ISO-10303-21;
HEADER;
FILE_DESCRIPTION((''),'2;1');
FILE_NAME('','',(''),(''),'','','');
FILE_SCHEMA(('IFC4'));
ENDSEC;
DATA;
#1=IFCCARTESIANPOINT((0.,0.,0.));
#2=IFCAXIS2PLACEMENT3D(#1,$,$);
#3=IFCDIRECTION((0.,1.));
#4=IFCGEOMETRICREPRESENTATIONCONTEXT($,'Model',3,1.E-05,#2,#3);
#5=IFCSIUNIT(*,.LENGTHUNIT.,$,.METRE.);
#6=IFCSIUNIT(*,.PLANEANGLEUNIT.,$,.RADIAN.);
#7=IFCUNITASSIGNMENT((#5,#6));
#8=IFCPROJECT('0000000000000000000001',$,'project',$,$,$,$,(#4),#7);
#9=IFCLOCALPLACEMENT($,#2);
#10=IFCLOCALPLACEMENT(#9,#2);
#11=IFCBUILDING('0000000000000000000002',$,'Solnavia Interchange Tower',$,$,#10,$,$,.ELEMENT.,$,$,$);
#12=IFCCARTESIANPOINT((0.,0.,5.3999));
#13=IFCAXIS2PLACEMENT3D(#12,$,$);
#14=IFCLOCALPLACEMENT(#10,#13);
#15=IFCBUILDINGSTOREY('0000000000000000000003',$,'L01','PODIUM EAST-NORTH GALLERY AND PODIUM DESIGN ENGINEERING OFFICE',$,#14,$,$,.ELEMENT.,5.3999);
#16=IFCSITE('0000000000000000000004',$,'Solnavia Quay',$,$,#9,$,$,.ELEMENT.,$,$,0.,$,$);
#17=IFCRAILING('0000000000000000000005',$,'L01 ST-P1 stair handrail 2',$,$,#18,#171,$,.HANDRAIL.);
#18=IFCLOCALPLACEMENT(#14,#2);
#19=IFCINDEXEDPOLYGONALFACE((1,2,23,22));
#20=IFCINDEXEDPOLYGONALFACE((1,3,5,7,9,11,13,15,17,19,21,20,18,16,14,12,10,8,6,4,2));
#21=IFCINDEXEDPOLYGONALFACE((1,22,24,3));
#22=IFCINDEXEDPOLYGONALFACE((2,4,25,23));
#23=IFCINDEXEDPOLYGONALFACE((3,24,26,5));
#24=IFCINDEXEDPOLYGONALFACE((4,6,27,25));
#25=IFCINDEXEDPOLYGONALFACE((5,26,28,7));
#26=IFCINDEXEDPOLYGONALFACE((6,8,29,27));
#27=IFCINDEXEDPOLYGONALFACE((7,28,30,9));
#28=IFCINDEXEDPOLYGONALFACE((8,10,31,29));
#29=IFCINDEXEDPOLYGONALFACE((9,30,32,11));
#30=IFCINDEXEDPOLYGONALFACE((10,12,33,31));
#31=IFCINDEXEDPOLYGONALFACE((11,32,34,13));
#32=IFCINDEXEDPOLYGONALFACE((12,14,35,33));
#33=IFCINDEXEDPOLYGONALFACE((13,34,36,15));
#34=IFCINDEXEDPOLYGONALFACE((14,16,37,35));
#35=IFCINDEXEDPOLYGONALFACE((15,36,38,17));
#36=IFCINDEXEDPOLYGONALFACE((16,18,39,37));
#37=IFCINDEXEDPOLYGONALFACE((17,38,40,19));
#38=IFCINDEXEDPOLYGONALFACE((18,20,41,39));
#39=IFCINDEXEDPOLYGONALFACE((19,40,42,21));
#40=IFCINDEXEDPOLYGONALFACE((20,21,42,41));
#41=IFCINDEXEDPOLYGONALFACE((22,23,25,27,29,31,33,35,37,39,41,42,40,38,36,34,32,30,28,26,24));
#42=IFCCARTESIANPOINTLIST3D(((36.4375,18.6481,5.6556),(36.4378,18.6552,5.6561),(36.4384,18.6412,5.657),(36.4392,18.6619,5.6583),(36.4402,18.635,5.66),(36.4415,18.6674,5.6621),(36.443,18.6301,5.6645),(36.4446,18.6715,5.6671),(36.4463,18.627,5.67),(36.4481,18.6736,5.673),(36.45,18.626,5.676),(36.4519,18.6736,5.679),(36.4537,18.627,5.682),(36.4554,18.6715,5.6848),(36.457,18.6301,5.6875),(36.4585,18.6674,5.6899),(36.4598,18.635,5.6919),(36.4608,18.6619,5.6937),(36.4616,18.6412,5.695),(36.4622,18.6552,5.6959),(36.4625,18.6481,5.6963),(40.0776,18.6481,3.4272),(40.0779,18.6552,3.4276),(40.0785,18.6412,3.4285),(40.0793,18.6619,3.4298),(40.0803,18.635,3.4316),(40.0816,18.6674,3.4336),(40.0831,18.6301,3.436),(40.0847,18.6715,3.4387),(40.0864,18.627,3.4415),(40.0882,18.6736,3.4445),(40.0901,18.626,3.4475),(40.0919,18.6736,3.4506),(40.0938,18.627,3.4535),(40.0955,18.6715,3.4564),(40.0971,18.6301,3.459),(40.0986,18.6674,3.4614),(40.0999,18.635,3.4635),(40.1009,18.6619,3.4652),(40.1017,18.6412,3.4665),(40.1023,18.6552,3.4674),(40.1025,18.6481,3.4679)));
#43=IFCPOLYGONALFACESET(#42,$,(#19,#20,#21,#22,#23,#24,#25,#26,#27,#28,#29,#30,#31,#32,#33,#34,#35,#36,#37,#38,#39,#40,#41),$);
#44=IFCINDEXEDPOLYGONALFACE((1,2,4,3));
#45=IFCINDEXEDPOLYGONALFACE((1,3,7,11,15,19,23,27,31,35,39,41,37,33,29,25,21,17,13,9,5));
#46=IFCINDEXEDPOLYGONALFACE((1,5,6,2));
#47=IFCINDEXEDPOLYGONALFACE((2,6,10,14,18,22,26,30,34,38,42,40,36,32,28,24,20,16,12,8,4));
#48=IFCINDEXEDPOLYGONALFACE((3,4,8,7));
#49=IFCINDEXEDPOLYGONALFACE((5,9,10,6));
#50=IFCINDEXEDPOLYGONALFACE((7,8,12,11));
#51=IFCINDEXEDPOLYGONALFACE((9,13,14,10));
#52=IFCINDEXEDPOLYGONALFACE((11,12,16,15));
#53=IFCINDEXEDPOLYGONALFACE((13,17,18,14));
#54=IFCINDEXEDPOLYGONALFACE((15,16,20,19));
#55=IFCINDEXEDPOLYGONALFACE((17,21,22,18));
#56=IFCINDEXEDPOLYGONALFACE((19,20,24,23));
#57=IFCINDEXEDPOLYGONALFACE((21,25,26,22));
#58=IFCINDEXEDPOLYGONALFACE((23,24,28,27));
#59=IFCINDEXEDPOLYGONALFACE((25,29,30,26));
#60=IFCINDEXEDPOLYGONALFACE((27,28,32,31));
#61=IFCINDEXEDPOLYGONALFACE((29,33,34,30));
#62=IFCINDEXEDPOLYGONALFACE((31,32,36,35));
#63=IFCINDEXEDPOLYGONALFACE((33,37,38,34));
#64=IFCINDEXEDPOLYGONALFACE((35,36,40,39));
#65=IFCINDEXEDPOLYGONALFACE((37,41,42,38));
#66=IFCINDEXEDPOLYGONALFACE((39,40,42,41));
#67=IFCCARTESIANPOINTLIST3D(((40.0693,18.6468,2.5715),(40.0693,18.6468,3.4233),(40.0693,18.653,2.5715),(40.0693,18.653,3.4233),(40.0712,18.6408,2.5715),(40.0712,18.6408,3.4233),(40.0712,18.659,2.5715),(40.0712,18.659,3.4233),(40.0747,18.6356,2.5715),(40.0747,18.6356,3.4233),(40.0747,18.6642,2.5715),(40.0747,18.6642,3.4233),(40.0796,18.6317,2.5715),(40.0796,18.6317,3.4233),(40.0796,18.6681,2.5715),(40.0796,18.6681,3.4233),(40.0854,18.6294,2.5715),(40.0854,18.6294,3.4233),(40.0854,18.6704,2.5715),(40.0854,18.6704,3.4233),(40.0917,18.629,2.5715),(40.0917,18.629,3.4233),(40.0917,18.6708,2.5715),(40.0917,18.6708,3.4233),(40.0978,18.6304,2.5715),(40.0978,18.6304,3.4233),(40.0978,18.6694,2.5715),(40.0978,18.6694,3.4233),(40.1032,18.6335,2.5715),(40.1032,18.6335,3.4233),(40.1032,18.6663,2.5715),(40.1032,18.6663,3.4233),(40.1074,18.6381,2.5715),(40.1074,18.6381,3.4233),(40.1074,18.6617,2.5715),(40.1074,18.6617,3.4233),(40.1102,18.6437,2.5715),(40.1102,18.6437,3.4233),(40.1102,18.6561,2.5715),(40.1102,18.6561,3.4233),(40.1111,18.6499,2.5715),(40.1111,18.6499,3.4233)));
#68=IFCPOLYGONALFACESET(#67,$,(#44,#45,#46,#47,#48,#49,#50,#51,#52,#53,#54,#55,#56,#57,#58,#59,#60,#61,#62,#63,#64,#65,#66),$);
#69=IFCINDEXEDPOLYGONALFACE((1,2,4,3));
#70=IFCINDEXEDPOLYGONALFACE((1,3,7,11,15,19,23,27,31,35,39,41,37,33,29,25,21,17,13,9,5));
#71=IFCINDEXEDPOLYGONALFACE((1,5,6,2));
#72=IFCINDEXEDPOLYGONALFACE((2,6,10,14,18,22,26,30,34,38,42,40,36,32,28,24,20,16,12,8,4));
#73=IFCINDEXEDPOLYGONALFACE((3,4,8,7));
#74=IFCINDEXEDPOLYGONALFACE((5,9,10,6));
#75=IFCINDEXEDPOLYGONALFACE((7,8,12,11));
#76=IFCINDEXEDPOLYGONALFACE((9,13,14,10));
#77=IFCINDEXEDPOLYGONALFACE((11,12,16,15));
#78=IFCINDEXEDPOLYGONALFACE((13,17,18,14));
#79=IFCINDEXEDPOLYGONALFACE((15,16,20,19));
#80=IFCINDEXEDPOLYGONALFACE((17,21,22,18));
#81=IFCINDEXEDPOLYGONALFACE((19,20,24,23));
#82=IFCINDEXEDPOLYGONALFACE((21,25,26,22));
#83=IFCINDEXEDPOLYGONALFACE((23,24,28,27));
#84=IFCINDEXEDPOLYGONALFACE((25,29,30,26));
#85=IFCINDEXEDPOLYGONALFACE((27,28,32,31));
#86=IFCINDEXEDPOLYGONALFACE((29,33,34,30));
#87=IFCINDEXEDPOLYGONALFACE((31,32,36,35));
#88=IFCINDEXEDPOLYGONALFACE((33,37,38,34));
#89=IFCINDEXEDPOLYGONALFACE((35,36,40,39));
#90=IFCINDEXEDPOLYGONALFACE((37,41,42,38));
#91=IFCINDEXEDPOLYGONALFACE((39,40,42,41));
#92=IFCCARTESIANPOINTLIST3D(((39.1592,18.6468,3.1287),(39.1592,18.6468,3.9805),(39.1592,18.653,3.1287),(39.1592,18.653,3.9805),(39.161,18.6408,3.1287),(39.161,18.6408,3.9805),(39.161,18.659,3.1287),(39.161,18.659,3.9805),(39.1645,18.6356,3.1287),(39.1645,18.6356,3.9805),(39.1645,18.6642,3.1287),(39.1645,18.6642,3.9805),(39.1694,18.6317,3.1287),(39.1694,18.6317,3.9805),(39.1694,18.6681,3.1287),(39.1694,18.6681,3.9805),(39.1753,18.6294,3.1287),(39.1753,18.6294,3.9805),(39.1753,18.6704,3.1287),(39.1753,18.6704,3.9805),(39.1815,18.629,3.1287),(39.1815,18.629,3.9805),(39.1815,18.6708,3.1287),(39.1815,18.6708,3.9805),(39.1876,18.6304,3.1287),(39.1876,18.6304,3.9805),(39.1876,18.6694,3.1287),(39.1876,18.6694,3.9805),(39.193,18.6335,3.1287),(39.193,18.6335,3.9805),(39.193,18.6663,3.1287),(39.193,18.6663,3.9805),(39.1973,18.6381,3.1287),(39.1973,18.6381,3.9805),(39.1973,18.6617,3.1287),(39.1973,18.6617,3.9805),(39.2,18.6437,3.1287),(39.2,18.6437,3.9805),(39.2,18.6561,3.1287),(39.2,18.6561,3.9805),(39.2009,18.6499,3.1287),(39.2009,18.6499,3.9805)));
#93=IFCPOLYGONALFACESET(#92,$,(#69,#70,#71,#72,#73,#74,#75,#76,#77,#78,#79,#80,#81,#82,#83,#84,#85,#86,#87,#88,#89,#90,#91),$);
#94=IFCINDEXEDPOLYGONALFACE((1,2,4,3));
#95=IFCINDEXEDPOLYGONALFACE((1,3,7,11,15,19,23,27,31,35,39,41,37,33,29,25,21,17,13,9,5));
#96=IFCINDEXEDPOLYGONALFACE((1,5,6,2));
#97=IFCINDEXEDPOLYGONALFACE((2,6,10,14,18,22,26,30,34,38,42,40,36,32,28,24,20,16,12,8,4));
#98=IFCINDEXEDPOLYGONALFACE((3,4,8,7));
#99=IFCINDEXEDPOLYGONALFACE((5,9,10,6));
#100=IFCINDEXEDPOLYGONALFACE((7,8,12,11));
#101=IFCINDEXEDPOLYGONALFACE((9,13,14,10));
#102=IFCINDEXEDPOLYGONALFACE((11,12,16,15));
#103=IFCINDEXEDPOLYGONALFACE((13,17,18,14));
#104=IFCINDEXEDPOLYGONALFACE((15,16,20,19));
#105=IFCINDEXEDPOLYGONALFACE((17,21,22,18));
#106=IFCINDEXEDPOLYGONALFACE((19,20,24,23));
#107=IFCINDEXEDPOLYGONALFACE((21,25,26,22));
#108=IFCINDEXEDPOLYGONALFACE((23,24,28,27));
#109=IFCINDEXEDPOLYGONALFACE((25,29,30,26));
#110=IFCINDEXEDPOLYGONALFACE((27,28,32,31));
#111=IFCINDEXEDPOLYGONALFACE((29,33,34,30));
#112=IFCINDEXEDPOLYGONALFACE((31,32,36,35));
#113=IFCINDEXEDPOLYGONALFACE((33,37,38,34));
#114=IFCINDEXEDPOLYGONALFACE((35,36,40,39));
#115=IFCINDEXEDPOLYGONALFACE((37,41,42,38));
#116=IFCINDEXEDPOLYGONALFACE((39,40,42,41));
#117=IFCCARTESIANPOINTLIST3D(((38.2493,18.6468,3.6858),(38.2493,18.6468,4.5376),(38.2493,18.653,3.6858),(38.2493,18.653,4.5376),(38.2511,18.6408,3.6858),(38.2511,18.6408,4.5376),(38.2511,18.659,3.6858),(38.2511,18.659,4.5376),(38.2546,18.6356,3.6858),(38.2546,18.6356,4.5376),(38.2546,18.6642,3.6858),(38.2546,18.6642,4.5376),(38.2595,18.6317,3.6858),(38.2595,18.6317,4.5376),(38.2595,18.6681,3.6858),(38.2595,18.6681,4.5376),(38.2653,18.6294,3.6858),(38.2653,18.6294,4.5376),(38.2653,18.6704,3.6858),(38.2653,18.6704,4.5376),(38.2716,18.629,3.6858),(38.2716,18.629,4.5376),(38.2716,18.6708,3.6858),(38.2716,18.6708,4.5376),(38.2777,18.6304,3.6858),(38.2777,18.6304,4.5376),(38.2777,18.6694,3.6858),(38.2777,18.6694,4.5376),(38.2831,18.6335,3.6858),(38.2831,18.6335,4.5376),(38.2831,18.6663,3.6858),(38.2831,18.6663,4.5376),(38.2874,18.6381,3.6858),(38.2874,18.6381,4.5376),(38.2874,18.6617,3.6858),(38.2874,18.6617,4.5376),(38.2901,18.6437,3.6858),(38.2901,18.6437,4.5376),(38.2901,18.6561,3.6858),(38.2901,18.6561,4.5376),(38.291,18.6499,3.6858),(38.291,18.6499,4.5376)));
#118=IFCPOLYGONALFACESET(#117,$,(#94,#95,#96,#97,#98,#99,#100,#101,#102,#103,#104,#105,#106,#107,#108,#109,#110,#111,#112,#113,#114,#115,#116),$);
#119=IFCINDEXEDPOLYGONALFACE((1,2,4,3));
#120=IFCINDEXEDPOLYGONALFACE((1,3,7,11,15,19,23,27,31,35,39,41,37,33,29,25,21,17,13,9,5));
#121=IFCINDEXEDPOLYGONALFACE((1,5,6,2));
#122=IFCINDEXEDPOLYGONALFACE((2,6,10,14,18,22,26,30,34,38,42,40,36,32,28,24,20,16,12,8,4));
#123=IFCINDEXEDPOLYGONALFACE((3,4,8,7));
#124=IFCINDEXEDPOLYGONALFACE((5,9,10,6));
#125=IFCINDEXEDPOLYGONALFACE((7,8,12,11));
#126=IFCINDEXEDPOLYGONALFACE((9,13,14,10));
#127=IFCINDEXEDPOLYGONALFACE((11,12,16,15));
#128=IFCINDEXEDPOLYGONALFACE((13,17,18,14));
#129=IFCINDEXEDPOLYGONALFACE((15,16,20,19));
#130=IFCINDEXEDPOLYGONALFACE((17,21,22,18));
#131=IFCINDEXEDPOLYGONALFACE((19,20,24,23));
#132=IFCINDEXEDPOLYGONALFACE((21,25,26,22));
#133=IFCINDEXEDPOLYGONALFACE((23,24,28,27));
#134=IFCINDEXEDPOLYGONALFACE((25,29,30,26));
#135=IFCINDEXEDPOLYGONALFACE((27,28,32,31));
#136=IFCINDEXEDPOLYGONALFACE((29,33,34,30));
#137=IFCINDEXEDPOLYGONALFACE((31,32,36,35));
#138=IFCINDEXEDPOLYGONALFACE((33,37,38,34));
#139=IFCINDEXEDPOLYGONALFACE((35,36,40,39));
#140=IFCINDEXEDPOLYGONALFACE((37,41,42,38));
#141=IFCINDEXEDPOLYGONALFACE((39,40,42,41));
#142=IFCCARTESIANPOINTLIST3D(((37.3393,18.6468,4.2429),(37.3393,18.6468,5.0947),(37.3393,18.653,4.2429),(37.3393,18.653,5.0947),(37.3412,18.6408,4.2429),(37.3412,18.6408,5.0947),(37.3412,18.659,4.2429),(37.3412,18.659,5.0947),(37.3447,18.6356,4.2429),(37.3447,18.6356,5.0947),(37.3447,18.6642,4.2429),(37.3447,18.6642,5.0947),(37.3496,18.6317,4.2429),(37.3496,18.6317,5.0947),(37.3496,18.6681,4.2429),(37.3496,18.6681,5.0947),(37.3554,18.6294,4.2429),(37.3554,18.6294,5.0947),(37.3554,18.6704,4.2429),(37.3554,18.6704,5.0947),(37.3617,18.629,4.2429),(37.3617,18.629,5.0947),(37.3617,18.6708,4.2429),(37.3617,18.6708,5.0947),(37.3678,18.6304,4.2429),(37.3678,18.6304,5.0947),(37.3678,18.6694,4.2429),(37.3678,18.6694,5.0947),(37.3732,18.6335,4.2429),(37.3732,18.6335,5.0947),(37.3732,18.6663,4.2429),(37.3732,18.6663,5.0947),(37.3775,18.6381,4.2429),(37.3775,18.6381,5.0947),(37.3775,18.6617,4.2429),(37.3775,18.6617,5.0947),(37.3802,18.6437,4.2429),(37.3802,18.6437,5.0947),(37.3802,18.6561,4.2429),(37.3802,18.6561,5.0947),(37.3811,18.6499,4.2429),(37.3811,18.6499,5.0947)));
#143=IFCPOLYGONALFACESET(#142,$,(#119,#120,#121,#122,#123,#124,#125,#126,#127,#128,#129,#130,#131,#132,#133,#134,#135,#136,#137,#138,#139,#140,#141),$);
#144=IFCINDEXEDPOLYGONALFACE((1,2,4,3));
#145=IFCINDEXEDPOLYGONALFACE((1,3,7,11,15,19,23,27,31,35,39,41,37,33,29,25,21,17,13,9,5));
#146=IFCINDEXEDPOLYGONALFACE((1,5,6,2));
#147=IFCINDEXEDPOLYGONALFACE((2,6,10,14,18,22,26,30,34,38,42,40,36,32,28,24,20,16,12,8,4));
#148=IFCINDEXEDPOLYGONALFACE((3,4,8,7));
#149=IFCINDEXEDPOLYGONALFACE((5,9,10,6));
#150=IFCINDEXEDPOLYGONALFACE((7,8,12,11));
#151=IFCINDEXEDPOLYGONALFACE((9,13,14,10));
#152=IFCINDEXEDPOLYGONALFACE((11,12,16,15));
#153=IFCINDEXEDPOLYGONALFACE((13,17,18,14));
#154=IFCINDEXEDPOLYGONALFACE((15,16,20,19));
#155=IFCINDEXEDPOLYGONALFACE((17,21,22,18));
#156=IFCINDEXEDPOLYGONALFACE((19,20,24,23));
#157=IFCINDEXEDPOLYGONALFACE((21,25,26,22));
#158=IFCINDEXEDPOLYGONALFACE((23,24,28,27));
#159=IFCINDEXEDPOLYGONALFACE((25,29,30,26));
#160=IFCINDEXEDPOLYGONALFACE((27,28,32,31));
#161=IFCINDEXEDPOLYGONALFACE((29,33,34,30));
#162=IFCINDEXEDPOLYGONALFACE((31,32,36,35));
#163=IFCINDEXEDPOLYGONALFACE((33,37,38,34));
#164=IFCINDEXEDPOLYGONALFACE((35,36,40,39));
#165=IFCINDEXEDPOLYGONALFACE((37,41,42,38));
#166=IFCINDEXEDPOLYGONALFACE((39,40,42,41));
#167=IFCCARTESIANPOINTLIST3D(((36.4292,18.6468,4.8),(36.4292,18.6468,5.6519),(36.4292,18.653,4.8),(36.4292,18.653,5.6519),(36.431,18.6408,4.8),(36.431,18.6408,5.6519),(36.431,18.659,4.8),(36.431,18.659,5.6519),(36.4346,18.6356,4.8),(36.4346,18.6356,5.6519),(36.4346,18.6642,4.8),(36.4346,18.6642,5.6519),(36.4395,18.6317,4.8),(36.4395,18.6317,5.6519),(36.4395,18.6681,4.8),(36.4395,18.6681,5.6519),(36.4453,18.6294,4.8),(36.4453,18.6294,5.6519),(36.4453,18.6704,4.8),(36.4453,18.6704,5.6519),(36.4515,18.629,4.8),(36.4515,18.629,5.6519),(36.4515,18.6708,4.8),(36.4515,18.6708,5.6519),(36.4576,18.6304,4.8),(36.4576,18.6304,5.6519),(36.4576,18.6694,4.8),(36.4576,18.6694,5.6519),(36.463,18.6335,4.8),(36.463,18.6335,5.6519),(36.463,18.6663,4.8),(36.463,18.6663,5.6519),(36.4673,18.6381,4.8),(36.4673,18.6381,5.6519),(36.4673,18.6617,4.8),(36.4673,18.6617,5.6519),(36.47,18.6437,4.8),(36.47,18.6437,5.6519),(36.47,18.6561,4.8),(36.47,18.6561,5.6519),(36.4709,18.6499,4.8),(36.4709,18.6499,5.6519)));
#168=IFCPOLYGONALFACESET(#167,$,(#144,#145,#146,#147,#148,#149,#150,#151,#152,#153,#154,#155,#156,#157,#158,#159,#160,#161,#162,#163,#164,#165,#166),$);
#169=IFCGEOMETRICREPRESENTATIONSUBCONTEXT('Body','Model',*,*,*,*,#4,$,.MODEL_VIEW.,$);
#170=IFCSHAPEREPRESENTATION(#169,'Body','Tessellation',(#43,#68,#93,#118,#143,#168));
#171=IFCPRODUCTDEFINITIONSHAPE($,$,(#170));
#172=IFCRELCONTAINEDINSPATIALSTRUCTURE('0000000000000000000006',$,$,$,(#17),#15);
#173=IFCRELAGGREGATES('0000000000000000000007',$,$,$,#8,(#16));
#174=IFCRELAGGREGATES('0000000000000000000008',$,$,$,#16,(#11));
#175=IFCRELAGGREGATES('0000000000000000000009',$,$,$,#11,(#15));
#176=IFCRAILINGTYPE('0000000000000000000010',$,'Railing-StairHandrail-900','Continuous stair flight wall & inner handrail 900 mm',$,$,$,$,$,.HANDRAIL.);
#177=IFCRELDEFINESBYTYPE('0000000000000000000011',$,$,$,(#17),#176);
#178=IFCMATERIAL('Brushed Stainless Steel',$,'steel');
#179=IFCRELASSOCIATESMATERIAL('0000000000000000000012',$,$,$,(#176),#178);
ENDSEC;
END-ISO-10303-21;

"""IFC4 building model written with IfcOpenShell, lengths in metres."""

from ifc_helpers import new_model, si_unit, direction, frame, origin, origin_2d, place, context, subcontext, project, spatial, circle, extrude, material, type_object, element, save


model = new_model("IFC4")

# Units and contexts
model_context = context("Model", 3, precision=1e-05, world=origin(), true_north=direction((0.0, 1.0)))
body_context = subcontext(model_context, "Body", "Model", "MODEL_VIEW")
ifc_project = project(units=[si_unit("LENGTHUNIT", "METRE"), si_unit("PLANEANGLEUNIT", "RADIAN")], contexts=[model_context])

# Site, building, storey
site_placement = place(None, origin())
site = spatial("IfcSite", under=ifc_project, at=site_placement, Name="Solnavia Quay", CompositionType="ELEMENT", RefElevation=0.0)
building_placement = place(site_placement, origin())
building = spatial("IfcBuilding", under=site, at=building_placement, Name="Solnavia Interchange Tower", CompositionType="ELEMENT")
storey_placement = place(building_placement, frame((0.0, 0.0, 5.3999)))
storey = spatial("IfcBuildingStorey", under=building, at=storey_placement, Name="L01", Description="PODIUM EAST-NORTH GALLERY AND PODIUM DESIGN ENGINEERING OFFICE", CompositionType="ELEMENT", Elevation=5.3999)

# Railing
ifc_material_1 = material(Name="Brushed Stainless Steel", Category="steel")
railing_type_1 = type_object("IfcRailingType", Name="Railing-StairHandrail-900", Description="Continuous stair flight wall & inner handrail 900 mm", PredefinedType="HANDRAIL", material=ifc_material_1)
railing_1_placement = place(storey_placement, frame((40.0901, 18.6499, 2.5715)))
element("IfcRailing", 1, at=railing_1_placement, inside=storey, type_object=railing_type_1, Name="L01 ST-P1 stair handrail 2", PredefinedType="HANDRAIL", context=body_context, shape_type="SweptSolid", body=[
    extrude(circle(Radius=0.0239, at=origin_2d()), frame((0.0, 0.0, 0.876), z_axis=(-0.852866, 0.0, 0.52213), x_axis=(0.0, -1.0, 0.0)), (0.0, 0.0, 1.0), 4.2681),
    extrude(circle(Radius=0.021, at=origin_2d()), origin(), (0.0, 0.0, 1.0), 0.8518),
    extrude(circle(Radius=0.021, at=origin_2d()), frame((-0.9102, 0.0, 0.5571)), (0.0, 0.0, 1.0), 0.8518),
    extrude(circle(Radius=0.021, at=origin_2d()), frame((-1.8201, 0.0, 1.1143)), (0.0, 0.0, 1.0), 0.8518),
    extrude(circle(Radius=0.021, at=origin_2d()), frame((-2.73, 0.0, 1.6714)), (0.0, 0.0, 1.0), 0.8518),
    extrude(circle(Radius=0.021, at=origin_2d()), frame((-3.6401, 0.0, 2.2285)), (0.0, 0.0, 1.0), 0.8518),
])

save(model, "model.ifc")
